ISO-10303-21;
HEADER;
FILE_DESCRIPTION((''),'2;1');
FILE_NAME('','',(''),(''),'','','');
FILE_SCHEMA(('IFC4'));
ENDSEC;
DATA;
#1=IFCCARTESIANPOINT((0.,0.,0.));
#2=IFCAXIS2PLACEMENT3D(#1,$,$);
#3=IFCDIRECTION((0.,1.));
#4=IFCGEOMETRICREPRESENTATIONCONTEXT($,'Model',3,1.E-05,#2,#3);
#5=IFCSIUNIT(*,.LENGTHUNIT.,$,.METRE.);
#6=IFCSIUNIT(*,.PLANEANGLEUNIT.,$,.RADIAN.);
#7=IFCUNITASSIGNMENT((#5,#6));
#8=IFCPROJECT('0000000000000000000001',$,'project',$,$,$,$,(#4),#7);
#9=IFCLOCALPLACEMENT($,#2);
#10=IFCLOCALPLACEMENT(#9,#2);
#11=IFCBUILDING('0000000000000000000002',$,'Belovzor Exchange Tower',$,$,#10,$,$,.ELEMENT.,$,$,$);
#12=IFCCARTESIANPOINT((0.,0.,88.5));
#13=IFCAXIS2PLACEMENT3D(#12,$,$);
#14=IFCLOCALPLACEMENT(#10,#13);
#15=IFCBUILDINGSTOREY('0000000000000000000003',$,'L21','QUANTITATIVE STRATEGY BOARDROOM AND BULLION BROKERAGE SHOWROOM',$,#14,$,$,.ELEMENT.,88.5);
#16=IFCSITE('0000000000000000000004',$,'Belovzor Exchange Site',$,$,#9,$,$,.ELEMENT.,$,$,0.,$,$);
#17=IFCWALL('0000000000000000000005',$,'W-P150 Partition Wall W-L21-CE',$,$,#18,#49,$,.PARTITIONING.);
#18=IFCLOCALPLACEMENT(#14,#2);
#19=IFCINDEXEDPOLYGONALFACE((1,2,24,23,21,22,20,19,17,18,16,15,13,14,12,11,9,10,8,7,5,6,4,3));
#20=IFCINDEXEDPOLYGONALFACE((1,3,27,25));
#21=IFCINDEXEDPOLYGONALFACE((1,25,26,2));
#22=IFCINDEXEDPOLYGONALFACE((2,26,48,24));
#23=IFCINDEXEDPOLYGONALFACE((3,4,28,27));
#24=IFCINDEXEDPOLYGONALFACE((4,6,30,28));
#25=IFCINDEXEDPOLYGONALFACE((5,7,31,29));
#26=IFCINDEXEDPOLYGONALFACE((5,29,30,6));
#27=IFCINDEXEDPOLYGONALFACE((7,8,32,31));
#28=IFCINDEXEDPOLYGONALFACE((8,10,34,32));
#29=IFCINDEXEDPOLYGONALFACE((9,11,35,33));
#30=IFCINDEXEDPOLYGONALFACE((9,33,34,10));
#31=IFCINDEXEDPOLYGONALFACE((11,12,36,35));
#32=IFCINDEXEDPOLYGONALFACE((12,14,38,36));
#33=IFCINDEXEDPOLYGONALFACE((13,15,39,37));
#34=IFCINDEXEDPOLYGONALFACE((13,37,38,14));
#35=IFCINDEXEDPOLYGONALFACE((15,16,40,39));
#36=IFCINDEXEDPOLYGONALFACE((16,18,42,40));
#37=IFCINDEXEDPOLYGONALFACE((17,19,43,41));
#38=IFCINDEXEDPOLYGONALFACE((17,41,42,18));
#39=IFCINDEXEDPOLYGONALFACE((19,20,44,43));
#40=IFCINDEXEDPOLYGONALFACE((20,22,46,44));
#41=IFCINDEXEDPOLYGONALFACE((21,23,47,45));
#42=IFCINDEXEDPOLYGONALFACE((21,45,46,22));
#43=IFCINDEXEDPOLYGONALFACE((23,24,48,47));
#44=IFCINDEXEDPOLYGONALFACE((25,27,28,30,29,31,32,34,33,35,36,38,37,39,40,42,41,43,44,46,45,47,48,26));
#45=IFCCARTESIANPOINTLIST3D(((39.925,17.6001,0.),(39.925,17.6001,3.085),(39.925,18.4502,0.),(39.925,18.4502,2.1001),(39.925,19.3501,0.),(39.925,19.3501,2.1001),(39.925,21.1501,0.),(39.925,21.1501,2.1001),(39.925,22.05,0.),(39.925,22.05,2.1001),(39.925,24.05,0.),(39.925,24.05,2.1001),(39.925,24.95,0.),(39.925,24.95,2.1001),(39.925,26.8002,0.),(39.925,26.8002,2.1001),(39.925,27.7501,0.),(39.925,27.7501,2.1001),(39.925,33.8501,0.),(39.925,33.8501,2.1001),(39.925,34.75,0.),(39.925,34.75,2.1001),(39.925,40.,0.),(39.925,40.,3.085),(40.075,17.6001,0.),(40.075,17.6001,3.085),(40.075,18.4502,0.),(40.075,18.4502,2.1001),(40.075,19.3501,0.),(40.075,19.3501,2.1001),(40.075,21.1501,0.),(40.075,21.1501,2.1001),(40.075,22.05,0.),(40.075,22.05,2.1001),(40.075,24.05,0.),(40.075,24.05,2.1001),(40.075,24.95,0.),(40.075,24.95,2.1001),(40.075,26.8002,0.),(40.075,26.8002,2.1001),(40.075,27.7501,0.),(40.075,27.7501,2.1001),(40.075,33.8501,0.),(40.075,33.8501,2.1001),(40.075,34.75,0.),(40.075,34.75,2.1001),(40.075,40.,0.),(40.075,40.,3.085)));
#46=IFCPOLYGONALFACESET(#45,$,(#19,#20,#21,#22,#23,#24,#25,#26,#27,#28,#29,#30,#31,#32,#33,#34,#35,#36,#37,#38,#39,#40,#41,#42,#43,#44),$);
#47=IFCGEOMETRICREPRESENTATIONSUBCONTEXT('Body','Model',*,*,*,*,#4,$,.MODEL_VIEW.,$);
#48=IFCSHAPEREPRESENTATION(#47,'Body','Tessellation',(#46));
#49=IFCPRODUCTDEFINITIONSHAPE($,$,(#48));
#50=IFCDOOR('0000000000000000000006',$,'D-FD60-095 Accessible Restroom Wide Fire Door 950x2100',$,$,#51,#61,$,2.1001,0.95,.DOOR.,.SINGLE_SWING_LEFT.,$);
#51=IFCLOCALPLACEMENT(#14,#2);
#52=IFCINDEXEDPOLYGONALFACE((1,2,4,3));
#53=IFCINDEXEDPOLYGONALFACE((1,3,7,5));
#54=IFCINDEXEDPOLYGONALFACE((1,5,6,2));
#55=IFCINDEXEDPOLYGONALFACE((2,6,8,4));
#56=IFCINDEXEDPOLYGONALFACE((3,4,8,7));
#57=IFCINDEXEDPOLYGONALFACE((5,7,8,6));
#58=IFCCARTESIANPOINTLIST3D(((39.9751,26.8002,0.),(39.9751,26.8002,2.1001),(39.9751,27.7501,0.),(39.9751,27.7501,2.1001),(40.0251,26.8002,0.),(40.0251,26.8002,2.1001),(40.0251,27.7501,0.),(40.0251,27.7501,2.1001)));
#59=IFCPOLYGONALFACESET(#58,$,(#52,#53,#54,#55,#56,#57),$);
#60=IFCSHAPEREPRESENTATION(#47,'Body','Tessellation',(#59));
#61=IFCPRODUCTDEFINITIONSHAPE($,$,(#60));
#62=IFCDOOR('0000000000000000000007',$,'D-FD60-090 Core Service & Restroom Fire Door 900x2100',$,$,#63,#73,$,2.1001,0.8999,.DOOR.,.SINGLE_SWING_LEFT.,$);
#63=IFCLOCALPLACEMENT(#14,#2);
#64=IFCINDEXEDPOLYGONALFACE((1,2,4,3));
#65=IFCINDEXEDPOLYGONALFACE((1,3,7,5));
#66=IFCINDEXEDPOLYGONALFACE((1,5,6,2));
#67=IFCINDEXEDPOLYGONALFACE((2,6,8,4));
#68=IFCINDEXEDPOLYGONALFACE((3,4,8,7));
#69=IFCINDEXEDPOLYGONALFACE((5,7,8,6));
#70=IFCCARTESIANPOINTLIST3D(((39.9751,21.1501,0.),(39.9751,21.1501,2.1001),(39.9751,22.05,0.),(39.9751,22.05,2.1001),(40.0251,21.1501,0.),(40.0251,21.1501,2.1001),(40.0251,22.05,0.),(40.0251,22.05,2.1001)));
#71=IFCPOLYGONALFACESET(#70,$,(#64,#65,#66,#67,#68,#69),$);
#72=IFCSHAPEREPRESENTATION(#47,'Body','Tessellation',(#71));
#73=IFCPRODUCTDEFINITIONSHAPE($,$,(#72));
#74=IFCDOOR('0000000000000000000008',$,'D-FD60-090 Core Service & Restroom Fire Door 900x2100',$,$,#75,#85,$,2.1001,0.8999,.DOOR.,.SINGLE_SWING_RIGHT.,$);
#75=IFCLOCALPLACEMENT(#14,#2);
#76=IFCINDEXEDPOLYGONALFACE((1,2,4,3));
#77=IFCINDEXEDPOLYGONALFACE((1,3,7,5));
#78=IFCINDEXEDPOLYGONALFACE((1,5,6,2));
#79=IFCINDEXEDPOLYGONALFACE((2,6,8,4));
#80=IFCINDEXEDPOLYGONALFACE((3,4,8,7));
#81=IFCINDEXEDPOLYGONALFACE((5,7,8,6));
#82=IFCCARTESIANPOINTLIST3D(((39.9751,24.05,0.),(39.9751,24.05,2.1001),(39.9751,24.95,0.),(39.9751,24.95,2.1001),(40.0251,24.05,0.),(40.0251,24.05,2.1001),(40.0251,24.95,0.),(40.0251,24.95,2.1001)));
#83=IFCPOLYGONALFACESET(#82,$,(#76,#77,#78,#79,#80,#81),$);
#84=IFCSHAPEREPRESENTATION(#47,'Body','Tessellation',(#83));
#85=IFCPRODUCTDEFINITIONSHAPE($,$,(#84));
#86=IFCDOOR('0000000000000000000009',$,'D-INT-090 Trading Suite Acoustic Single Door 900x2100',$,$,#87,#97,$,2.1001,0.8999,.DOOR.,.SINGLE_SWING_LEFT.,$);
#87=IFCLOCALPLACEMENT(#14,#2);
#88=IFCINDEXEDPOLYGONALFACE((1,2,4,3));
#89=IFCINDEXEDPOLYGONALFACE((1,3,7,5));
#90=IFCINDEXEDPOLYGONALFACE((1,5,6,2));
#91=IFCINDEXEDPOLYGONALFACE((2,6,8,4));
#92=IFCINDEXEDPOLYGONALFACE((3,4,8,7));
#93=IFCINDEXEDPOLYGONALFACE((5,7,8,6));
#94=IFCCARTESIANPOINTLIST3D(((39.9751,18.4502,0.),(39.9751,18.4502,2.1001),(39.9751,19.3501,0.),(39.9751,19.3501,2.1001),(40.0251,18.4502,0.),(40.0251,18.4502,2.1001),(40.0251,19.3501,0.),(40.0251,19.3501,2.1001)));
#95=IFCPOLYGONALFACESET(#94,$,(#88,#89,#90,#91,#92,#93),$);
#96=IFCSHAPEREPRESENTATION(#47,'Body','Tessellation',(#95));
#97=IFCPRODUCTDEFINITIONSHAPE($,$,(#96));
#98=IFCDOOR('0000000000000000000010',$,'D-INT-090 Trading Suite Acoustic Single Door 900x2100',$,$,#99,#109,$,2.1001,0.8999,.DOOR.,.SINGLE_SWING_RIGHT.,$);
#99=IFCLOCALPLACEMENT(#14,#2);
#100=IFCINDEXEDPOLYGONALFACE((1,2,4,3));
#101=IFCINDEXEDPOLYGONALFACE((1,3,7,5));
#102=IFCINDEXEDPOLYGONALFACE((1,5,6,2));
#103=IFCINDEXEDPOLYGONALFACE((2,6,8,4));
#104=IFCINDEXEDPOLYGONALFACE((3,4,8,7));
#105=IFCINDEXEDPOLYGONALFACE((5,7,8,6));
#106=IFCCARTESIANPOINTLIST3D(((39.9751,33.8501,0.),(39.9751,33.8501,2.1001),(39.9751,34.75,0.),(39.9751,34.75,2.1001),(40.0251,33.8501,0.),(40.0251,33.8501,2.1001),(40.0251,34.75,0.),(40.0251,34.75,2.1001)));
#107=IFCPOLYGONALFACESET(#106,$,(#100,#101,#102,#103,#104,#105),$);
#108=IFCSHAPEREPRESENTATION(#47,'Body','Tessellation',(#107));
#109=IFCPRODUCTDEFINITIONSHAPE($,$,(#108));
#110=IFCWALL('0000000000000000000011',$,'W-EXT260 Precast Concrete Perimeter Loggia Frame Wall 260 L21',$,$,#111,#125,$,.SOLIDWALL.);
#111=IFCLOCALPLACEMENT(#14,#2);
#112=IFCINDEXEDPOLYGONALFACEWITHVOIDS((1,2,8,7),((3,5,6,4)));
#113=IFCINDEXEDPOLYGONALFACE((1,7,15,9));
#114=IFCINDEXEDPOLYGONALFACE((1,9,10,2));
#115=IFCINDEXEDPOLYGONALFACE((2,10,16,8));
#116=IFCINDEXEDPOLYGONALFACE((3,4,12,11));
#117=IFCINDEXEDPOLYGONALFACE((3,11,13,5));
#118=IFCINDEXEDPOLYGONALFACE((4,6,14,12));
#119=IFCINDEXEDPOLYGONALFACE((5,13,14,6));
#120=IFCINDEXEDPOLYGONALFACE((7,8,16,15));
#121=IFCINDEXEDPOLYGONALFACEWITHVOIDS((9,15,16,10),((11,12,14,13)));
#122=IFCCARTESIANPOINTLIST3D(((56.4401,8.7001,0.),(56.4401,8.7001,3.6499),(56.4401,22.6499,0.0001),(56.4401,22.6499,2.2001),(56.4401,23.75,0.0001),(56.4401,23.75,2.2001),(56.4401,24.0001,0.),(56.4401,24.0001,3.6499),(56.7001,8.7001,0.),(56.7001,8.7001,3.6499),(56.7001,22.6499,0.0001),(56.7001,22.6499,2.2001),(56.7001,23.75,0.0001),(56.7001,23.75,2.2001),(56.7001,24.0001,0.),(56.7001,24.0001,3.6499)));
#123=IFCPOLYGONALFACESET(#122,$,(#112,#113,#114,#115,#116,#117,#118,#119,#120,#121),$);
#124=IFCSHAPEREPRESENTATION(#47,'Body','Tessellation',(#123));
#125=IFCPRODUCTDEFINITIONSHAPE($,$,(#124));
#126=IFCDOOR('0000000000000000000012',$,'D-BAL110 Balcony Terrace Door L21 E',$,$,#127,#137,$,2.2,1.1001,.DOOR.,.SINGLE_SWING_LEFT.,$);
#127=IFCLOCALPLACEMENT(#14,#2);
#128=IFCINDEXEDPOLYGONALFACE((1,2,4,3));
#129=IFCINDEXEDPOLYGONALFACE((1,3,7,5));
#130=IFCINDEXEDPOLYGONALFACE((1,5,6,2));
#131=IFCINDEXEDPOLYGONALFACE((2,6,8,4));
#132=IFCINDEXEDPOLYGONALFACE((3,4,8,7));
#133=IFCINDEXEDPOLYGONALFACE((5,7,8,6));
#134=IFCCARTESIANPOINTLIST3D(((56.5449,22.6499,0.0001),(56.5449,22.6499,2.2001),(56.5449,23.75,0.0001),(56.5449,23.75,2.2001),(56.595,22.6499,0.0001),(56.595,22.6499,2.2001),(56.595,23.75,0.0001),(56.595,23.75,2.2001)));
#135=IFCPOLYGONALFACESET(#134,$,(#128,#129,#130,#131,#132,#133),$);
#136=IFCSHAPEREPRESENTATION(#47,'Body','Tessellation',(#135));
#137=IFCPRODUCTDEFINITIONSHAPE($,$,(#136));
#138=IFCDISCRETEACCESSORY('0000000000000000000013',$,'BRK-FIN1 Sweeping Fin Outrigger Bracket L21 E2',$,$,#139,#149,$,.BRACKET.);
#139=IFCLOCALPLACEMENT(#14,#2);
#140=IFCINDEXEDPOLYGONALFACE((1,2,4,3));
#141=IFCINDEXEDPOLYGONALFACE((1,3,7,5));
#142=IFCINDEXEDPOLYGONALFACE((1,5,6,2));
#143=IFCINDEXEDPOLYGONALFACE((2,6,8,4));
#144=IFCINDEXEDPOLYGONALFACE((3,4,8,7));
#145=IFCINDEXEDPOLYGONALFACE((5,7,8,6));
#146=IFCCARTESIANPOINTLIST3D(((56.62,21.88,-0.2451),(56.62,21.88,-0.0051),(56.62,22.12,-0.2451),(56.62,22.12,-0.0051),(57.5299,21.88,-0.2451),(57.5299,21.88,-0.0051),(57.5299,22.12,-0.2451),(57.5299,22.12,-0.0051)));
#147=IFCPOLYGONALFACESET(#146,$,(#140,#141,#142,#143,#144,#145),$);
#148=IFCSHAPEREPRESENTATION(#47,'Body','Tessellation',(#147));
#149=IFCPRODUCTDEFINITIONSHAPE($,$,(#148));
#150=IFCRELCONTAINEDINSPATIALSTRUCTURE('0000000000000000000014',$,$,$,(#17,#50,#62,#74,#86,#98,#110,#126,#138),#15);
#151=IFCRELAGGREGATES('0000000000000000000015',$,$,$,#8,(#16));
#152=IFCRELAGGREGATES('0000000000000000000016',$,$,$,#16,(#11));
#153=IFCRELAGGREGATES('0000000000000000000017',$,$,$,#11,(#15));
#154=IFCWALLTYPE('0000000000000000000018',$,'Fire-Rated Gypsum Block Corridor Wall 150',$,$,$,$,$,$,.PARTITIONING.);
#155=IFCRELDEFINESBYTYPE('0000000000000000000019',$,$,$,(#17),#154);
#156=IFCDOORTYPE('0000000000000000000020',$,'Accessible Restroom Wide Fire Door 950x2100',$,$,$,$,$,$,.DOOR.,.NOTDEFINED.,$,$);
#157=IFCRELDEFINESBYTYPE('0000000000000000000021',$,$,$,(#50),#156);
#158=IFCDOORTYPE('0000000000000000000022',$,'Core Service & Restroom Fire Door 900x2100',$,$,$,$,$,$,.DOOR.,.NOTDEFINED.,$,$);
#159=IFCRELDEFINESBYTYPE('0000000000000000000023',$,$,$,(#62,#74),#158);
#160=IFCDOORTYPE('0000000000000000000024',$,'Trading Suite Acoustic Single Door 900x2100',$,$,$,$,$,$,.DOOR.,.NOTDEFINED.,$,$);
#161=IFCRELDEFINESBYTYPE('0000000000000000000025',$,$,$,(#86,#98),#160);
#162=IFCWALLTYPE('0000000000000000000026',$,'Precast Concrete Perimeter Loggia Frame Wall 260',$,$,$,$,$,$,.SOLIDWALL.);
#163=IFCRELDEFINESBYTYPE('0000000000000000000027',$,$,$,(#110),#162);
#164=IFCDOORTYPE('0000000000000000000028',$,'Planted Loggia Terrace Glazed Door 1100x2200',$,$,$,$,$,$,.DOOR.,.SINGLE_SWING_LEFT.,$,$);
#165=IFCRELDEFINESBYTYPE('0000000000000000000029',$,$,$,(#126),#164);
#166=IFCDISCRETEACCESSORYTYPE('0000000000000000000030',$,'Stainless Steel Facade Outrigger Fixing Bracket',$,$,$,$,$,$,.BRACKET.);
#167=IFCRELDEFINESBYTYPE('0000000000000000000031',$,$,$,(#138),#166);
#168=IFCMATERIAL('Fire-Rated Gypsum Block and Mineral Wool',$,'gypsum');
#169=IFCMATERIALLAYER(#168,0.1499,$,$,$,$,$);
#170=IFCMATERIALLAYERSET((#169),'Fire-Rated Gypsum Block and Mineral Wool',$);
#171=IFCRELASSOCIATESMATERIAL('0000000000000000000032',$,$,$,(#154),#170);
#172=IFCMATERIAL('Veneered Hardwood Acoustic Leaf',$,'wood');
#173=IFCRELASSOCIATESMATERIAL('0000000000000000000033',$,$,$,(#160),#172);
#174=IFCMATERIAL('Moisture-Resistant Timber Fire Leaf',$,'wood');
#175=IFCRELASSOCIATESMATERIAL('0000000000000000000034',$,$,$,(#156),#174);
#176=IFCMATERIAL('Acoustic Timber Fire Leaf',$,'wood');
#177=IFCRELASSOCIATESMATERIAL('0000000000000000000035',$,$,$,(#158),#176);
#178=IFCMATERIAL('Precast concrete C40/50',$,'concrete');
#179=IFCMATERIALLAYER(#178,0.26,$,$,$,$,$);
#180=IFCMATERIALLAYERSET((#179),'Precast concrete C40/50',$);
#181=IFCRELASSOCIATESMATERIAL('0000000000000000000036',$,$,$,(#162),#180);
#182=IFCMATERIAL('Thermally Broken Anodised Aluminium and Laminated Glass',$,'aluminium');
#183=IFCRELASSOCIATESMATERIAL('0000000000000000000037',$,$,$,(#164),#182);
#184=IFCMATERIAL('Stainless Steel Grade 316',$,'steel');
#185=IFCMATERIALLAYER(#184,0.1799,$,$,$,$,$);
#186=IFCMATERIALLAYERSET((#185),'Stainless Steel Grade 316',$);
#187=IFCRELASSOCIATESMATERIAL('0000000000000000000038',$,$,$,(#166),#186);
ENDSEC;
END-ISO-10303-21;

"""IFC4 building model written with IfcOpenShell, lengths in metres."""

from ifc_helpers import new_model, si_unit, direction, frame, frame_2d, origin, origin_2d, place, context, subcontext, project, spatial, rectangle, extrude, material, layer, layer_set, type_object, element, fill, save


model = new_model("IFC4")

# Units and contexts
model_context = context("Model", 3, precision=1e-05, world=origin(), true_north=direction((0.0, 1.0)))
body_context = subcontext(model_context, "Body", "Model", "MODEL_VIEW")
ifc_project = project(units=[si_unit("LENGTHUNIT", "METRE"), si_unit("PLANEANGLEUNIT", "RADIAN")], contexts=[model_context])

# Site, building, storey
site_placement = place(None, origin())
site = spatial("IfcSite", under=ifc_project, at=site_placement, Name="Belovzor Exchange Site", CompositionType="ELEMENT", RefElevation=0.0)
building_placement = place(site_placement, origin())
building = spatial("IfcBuilding", under=site, at=building_placement, Name="Belovzor Exchange Tower", CompositionType="ELEMENT")
storey_placement = place(building_placement, frame((0.0, 0.0, 88.5)))
storey = spatial("IfcBuildingStorey", under=building, at=storey_placement, Name="L21", Description="QUANTITATIVE STRATEGY BOARDROOM AND BULLION BROKERAGE SHOWROOM", CompositionType="ELEMENT", Elevation=88.5)

# Shared definitions
ifc_material_1 = material(Name="Fire-Rated Gypsum Block and Mineral Wool", Category="gypsum")
ifc_layer_1 = layer(ifc_material_1, 0.1499)
ifc_layer_set_1 = layer_set([ifc_layer_1], Name="Fire-Rated Gypsum Block and Mineral Wool")
wall_type_1 = type_object("IfcWallType", Name="Fire-Rated Gypsum Block Corridor Wall 150", PredefinedType="PARTITIONING", material=ifc_layer_set_1)

# Shared definitions
ifc_material_2 = material(Name="Veneered Hardwood Acoustic Leaf", Category="wood")
door_type_1 = type_object("IfcDoorType", Name="Trading Suite Acoustic Single Door 900x2100", OperationType="NOTDEFINED", PredefinedType="DOOR", material=ifc_material_2)

# Wall, openings, doors
wall_1_placement = place(storey_placement, frame((40.0, 17.6001, 0.0), z_axis=(0.0, 0.0, 1.0), x_axis=(0.0, 1.0, 0.0)))
wall_1 = element("IfcWall", 1, at=wall_1_placement, inside=storey, type_object=wall_type_1, Name="W-P150 Partition Wall W-L21-CE", PredefinedType="PARTITIONING", context=body_context, shape_type="SweptSolid", body=[
    extrude(rectangle(XDim=22.3999, YDim=0.1499, at=frame_2d((11.2, 0.0))), origin(), (0.0, 0.0, 1.0), 3.085),
])
opening_1_placement = place(wall_1_placement, frame((0.8501, 0.0, 0.0)))
opening_1 = element("IfcOpeningElement", 2, at=opening_1_placement, cuts=wall_1, PredefinedType="OPENING", context=body_context, shape_type="SweptSolid", body=[
    extrude(rectangle(XDim=0.8999, YDim=2.1001, at=frame_2d((0.45, 1.05))), frame((0.0, 0.085, 0.0), z_axis=(0.0, -1.0, 0.0), x_axis=(1.0, 0.0, 0.0)), (0.0, 0.0, 1.0), 0.1699),
])
opening_2_placement = place(wall_1_placement, frame((3.55, 0.0, 0.0)))
opening_2 = element("IfcOpeningElement", 3, at=opening_2_placement, cuts=wall_1, PredefinedType="OPENING", context=body_context, shape_type="SweptSolid", body=[
    extrude(rectangle(XDim=0.8999, YDim=2.1001, at=frame_2d((0.45, 1.05))), frame((0.0, 0.085, 0.0), z_axis=(0.0, -1.0, 0.0), x_axis=(1.0, 0.0, 0.0)), (0.0, 0.0, 1.0), 0.1699),
])
opening_3_placement = place(wall_1_placement, frame((6.45, 0.0, 0.0)))
opening_3 = element("IfcOpeningElement", 4, at=opening_3_placement, cuts=wall_1, PredefinedType="OPENING", context=body_context, shape_type="SweptSolid", body=[
    extrude(rectangle(XDim=0.8999, YDim=2.1001, at=frame_2d((0.45, 1.05))), frame((0.0, 0.085, 0.0), z_axis=(0.0, -1.0, 0.0), x_axis=(1.0, 0.0, 0.0)), (0.0, 0.0, 1.0), 0.1699),
])
opening_4_placement = place(wall_1_placement, frame((9.2, 0.0, 0.0)))
opening_4 = element("IfcOpeningElement", 5, at=opening_4_placement, cuts=wall_1, PredefinedType="OPENING", context=body_context, shape_type="SweptSolid", body=[
    extrude(rectangle(XDim=0.95, YDim=2.1001, at=frame_2d((0.4751, 1.05))), frame((0.0, 0.085, 0.0), z_axis=(0.0, -1.0, 0.0), x_axis=(1.0, 0.0, 0.0)), (0.0, 0.0, 1.0), 0.1699),
])
opening_5_placement = place(wall_1_placement, frame((16.25, 0.0, 0.0)))
opening_5 = element("IfcOpeningElement", 6, at=opening_5_placement, cuts=wall_1, PredefinedType="OPENING", context=body_context, shape_type="SweptSolid", body=[
    extrude(rectangle(XDim=0.8999, YDim=2.1001, at=frame_2d((0.45, 1.05))), frame((0.0, 0.085, 0.0), z_axis=(0.0, -1.0, 0.0), x_axis=(1.0, 0.0, 0.0)), (0.0, 0.0, 1.0), 0.1699),
])
ifc_material_3 = material(Name="Moisture-Resistant Timber Fire Leaf", Category="wood")
door_type_2 = type_object("IfcDoorType", Name="Accessible Restroom Wide Fire Door 950x2100", OperationType="NOTDEFINED", PredefinedType="DOOR", material=ifc_material_3)
door_1_placement = place(opening_4_placement, origin())
door_1 = element("IfcDoor", 7, at=door_1_placement, inside=storey, type_object=door_type_2, Name="D-FD60-095 Accessible Restroom Wide Fire Door 950x2100", OperationType="SINGLE_SWING_LEFT", OverallHeight=2.1001, OverallWidth=0.95, PredefinedType="DOOR", context=body_context, shape_type="SweptSolid", body=[
    extrude(rectangle(XDim=0.95, YDim=2.1001, at=frame_2d((0.4751, 1.05))), frame((0.0, 0.0249, 0.0), z_axis=(0.0, -1.0, 0.0), x_axis=(1.0, 0.0, 0.0)), (0.0, 0.0, 1.0), 0.05),
])
fill(opening_4, door_1)
ifc_material_4 = material(Name="Acoustic Timber Fire Leaf", Category="wood")
door_type_3 = type_object("IfcDoorType", Name="Core Service & Restroom Fire Door 900x2100", OperationType="NOTDEFINED", PredefinedType="DOOR", material=ifc_material_4)
door_2_placement = place(opening_2_placement, origin())
door_2 = element("IfcDoor", 8, at=door_2_placement, inside=storey, type_object=door_type_3, Name="D-FD60-090 Core Service & Restroom Fire Door 900x2100", OperationType="SINGLE_SWING_LEFT", OverallHeight=2.1001, OverallWidth=0.8999, PredefinedType="DOOR", context=body_context, shape_type="SweptSolid", body=[
    extrude(rectangle(XDim=0.8999, YDim=2.1001, at=frame_2d((0.45, 1.05))), frame((0.0, 0.0249, 0.0), z_axis=(0.0, -1.0, 0.0), x_axis=(1.0, 0.0, 0.0)), (0.0, 0.0, 1.0), 0.05),
])
fill(opening_2, door_2)
door_3_placement = place(opening_3_placement, origin())
door_3 = element("IfcDoor", 9, at=door_3_placement, inside=storey, type_object=door_type_3, Name="D-FD60-090 Core Service & Restroom Fire Door 900x2100", OperationType="SINGLE_SWING_RIGHT", OverallHeight=2.1001, OverallWidth=0.8999, PredefinedType="DOOR", context=body_context, shape_type="SweptSolid", body=[
    extrude(rectangle(XDim=0.8999, YDim=2.1001, at=frame_2d((0.45, 1.05))), frame((0.0, 0.0249, 0.0), z_axis=(0.0, -1.0, 0.0), x_axis=(1.0, 0.0, 0.0)), (0.0, 0.0, 1.0), 0.05),
])
fill(opening_3, door_3)
door_4_placement = place(opening_1_placement, origin())
door_4 = element("IfcDoor", 10, at=door_4_placement, inside=storey, type_object=door_type_1, Name="D-INT-090 Trading Suite Acoustic Single Door 900x2100", OperationType="SINGLE_SWING_LEFT", OverallHeight=2.1001, OverallWidth=0.8999, PredefinedType="DOOR", context=body_context, shape_type="SweptSolid", body=[
    extrude(rectangle(XDim=0.8999, YDim=2.1001, at=frame_2d((0.45, 1.05))), frame((0.0, 0.0249, 0.0), z_axis=(0.0, -1.0, 0.0), x_axis=(1.0, 0.0, 0.0)), (0.0, 0.0, 1.0), 0.05),
])
fill(opening_1, door_4)
door_5_placement = place(opening_5_placement, origin())
door_5 = element("IfcDoor", 11, at=door_5_placement, inside=storey, type_object=door_type_1, Name="D-INT-090 Trading Suite Acoustic Single Door 900x2100", OperationType="SINGLE_SWING_RIGHT", OverallHeight=2.1001, OverallWidth=0.8999, PredefinedType="DOOR", context=body_context, shape_type="SweptSolid", body=[
    extrude(rectangle(XDim=0.8999, YDim=2.1001, at=frame_2d((0.45, 1.05))), frame((0.0, 0.0249, 0.0), z_axis=(0.0, -1.0, 0.0), x_axis=(1.0, 0.0, 0.0)), (0.0, 0.0, 1.0), 0.05),
])
fill(opening_5, door_5)

# Wall, opening, door
ifc_material_5 = material(Name="Precast concrete C40/50", Category="concrete")
ifc_layer_2 = layer(ifc_material_5, 0.26)
ifc_layer_set_2 = layer_set([ifc_layer_2], Name="Precast concrete C40/50")
wall_type_2 = type_object("IfcWallType", Name="Precast Concrete Perimeter Loggia Frame Wall 260", PredefinedType="SOLIDWALL", material=ifc_layer_set_2)
wall_2_placement = place(storey_placement, frame((56.5701, 24.0, 0.0), z_axis=(0.0, 0.0, 1.0), x_axis=(0.0, -1.0, 0.0)))
wall_2 = element("IfcWall", 12, at=wall_2_placement, inside=storey, type_object=wall_type_2, Name="W-EXT260 Precast Concrete Perimeter Loggia Frame Wall 260 L21", PredefinedType="SOLIDWALL", context=body_context, shape_type="SweptSolid", body=[
    extrude(rectangle(XDim=15.3, YDim=0.26, at=frame_2d((7.6499, 0.0))), origin(), (0.0, 0.0, 1.0), 3.6499),
])
opening_6_placement = place(wall_2_placement, frame((0.25, 0.0, 0.0)))
opening_6 = element("IfcOpeningElement", 13, at=opening_6_placement, cuts=wall_2, PredefinedType="OPENING", context=body_context, shape_type="SweptSolid", body=[
    extrude(rectangle(XDim=1.1001, YDim=2.2, at=frame_2d((0.55, 1.1001))), frame((0.0, 0.1399, 0.0), z_axis=(0.0, -1.0, 0.0), x_axis=(1.0, 0.0, 0.0)), (0.0, 0.0, 1.0), 0.28),
])
ifc_material_6 = material(Name="Thermally Broken Anodised Aluminium and Laminated Glass", Category="aluminium")
door_type_4 = type_object("IfcDoorType", Name="Planted Loggia Terrace Glazed Door 1100x2200", OperationType="SINGLE_SWING_LEFT", PredefinedType="DOOR", material=ifc_material_6)
door_6_placement = place(opening_6_placement, origin())
door_6 = element("IfcDoor", 14, at=door_6_placement, inside=storey, type_object=door_type_4, Name="D-BAL110 Balcony Terrace Door L21 E", OperationType="SINGLE_SWING_LEFT", OverallHeight=2.2, OverallWidth=1.1001, PredefinedType="DOOR", context=body_context, shape_type="SweptSolid", body=[
    extrude(rectangle(XDim=1.1001, YDim=2.2, at=frame_2d((0.55, 1.1001))), frame((0.0, 0.0249, 0.0), z_axis=(0.0, -1.0, 0.0), x_axis=(1.0, 0.0, 0.0)), (0.0, 0.0, 1.0), 0.05),
])
fill(opening_6, door_6)

# Discrete accessory
ifc_material_7 = material(Name="Stainless Steel Grade 316", Category="steel")
ifc_layer_3 = layer(ifc_material_7, 0.1799)
ifc_layer_set_3 = layer_set([ifc_layer_3], Name="Stainless Steel Grade 316")
discrete_accessory_type = type_object("IfcDiscreteAccessoryType", Name="Stainless Steel Facade Outrigger Fixing Bracket", PredefinedType="BRACKET", material=ifc_layer_set_3)
discrete_accessory_placement = place(storey_placement, frame((57.075, 22.0, -0.2451), z_axis=(0.0, 0.0, 1.0), x_axis=(1.0, 0.0, 0.0)))
element("IfcDiscreteAccessory", 15, at=discrete_accessory_placement, inside=storey, type_object=discrete_accessory_type, Name="BRK-FIN1 Sweeping Fin Outrigger Bracket L21 E2", PredefinedType="BRACKET", context=body_context, shape_type="SweptSolid", body=[
    extrude(rectangle(XDim=0.9099, YDim=0.24, at=origin_2d()), origin(), (0.0, 0.0, 1.0), 0.24),
])

save(model, "model.ifc")
